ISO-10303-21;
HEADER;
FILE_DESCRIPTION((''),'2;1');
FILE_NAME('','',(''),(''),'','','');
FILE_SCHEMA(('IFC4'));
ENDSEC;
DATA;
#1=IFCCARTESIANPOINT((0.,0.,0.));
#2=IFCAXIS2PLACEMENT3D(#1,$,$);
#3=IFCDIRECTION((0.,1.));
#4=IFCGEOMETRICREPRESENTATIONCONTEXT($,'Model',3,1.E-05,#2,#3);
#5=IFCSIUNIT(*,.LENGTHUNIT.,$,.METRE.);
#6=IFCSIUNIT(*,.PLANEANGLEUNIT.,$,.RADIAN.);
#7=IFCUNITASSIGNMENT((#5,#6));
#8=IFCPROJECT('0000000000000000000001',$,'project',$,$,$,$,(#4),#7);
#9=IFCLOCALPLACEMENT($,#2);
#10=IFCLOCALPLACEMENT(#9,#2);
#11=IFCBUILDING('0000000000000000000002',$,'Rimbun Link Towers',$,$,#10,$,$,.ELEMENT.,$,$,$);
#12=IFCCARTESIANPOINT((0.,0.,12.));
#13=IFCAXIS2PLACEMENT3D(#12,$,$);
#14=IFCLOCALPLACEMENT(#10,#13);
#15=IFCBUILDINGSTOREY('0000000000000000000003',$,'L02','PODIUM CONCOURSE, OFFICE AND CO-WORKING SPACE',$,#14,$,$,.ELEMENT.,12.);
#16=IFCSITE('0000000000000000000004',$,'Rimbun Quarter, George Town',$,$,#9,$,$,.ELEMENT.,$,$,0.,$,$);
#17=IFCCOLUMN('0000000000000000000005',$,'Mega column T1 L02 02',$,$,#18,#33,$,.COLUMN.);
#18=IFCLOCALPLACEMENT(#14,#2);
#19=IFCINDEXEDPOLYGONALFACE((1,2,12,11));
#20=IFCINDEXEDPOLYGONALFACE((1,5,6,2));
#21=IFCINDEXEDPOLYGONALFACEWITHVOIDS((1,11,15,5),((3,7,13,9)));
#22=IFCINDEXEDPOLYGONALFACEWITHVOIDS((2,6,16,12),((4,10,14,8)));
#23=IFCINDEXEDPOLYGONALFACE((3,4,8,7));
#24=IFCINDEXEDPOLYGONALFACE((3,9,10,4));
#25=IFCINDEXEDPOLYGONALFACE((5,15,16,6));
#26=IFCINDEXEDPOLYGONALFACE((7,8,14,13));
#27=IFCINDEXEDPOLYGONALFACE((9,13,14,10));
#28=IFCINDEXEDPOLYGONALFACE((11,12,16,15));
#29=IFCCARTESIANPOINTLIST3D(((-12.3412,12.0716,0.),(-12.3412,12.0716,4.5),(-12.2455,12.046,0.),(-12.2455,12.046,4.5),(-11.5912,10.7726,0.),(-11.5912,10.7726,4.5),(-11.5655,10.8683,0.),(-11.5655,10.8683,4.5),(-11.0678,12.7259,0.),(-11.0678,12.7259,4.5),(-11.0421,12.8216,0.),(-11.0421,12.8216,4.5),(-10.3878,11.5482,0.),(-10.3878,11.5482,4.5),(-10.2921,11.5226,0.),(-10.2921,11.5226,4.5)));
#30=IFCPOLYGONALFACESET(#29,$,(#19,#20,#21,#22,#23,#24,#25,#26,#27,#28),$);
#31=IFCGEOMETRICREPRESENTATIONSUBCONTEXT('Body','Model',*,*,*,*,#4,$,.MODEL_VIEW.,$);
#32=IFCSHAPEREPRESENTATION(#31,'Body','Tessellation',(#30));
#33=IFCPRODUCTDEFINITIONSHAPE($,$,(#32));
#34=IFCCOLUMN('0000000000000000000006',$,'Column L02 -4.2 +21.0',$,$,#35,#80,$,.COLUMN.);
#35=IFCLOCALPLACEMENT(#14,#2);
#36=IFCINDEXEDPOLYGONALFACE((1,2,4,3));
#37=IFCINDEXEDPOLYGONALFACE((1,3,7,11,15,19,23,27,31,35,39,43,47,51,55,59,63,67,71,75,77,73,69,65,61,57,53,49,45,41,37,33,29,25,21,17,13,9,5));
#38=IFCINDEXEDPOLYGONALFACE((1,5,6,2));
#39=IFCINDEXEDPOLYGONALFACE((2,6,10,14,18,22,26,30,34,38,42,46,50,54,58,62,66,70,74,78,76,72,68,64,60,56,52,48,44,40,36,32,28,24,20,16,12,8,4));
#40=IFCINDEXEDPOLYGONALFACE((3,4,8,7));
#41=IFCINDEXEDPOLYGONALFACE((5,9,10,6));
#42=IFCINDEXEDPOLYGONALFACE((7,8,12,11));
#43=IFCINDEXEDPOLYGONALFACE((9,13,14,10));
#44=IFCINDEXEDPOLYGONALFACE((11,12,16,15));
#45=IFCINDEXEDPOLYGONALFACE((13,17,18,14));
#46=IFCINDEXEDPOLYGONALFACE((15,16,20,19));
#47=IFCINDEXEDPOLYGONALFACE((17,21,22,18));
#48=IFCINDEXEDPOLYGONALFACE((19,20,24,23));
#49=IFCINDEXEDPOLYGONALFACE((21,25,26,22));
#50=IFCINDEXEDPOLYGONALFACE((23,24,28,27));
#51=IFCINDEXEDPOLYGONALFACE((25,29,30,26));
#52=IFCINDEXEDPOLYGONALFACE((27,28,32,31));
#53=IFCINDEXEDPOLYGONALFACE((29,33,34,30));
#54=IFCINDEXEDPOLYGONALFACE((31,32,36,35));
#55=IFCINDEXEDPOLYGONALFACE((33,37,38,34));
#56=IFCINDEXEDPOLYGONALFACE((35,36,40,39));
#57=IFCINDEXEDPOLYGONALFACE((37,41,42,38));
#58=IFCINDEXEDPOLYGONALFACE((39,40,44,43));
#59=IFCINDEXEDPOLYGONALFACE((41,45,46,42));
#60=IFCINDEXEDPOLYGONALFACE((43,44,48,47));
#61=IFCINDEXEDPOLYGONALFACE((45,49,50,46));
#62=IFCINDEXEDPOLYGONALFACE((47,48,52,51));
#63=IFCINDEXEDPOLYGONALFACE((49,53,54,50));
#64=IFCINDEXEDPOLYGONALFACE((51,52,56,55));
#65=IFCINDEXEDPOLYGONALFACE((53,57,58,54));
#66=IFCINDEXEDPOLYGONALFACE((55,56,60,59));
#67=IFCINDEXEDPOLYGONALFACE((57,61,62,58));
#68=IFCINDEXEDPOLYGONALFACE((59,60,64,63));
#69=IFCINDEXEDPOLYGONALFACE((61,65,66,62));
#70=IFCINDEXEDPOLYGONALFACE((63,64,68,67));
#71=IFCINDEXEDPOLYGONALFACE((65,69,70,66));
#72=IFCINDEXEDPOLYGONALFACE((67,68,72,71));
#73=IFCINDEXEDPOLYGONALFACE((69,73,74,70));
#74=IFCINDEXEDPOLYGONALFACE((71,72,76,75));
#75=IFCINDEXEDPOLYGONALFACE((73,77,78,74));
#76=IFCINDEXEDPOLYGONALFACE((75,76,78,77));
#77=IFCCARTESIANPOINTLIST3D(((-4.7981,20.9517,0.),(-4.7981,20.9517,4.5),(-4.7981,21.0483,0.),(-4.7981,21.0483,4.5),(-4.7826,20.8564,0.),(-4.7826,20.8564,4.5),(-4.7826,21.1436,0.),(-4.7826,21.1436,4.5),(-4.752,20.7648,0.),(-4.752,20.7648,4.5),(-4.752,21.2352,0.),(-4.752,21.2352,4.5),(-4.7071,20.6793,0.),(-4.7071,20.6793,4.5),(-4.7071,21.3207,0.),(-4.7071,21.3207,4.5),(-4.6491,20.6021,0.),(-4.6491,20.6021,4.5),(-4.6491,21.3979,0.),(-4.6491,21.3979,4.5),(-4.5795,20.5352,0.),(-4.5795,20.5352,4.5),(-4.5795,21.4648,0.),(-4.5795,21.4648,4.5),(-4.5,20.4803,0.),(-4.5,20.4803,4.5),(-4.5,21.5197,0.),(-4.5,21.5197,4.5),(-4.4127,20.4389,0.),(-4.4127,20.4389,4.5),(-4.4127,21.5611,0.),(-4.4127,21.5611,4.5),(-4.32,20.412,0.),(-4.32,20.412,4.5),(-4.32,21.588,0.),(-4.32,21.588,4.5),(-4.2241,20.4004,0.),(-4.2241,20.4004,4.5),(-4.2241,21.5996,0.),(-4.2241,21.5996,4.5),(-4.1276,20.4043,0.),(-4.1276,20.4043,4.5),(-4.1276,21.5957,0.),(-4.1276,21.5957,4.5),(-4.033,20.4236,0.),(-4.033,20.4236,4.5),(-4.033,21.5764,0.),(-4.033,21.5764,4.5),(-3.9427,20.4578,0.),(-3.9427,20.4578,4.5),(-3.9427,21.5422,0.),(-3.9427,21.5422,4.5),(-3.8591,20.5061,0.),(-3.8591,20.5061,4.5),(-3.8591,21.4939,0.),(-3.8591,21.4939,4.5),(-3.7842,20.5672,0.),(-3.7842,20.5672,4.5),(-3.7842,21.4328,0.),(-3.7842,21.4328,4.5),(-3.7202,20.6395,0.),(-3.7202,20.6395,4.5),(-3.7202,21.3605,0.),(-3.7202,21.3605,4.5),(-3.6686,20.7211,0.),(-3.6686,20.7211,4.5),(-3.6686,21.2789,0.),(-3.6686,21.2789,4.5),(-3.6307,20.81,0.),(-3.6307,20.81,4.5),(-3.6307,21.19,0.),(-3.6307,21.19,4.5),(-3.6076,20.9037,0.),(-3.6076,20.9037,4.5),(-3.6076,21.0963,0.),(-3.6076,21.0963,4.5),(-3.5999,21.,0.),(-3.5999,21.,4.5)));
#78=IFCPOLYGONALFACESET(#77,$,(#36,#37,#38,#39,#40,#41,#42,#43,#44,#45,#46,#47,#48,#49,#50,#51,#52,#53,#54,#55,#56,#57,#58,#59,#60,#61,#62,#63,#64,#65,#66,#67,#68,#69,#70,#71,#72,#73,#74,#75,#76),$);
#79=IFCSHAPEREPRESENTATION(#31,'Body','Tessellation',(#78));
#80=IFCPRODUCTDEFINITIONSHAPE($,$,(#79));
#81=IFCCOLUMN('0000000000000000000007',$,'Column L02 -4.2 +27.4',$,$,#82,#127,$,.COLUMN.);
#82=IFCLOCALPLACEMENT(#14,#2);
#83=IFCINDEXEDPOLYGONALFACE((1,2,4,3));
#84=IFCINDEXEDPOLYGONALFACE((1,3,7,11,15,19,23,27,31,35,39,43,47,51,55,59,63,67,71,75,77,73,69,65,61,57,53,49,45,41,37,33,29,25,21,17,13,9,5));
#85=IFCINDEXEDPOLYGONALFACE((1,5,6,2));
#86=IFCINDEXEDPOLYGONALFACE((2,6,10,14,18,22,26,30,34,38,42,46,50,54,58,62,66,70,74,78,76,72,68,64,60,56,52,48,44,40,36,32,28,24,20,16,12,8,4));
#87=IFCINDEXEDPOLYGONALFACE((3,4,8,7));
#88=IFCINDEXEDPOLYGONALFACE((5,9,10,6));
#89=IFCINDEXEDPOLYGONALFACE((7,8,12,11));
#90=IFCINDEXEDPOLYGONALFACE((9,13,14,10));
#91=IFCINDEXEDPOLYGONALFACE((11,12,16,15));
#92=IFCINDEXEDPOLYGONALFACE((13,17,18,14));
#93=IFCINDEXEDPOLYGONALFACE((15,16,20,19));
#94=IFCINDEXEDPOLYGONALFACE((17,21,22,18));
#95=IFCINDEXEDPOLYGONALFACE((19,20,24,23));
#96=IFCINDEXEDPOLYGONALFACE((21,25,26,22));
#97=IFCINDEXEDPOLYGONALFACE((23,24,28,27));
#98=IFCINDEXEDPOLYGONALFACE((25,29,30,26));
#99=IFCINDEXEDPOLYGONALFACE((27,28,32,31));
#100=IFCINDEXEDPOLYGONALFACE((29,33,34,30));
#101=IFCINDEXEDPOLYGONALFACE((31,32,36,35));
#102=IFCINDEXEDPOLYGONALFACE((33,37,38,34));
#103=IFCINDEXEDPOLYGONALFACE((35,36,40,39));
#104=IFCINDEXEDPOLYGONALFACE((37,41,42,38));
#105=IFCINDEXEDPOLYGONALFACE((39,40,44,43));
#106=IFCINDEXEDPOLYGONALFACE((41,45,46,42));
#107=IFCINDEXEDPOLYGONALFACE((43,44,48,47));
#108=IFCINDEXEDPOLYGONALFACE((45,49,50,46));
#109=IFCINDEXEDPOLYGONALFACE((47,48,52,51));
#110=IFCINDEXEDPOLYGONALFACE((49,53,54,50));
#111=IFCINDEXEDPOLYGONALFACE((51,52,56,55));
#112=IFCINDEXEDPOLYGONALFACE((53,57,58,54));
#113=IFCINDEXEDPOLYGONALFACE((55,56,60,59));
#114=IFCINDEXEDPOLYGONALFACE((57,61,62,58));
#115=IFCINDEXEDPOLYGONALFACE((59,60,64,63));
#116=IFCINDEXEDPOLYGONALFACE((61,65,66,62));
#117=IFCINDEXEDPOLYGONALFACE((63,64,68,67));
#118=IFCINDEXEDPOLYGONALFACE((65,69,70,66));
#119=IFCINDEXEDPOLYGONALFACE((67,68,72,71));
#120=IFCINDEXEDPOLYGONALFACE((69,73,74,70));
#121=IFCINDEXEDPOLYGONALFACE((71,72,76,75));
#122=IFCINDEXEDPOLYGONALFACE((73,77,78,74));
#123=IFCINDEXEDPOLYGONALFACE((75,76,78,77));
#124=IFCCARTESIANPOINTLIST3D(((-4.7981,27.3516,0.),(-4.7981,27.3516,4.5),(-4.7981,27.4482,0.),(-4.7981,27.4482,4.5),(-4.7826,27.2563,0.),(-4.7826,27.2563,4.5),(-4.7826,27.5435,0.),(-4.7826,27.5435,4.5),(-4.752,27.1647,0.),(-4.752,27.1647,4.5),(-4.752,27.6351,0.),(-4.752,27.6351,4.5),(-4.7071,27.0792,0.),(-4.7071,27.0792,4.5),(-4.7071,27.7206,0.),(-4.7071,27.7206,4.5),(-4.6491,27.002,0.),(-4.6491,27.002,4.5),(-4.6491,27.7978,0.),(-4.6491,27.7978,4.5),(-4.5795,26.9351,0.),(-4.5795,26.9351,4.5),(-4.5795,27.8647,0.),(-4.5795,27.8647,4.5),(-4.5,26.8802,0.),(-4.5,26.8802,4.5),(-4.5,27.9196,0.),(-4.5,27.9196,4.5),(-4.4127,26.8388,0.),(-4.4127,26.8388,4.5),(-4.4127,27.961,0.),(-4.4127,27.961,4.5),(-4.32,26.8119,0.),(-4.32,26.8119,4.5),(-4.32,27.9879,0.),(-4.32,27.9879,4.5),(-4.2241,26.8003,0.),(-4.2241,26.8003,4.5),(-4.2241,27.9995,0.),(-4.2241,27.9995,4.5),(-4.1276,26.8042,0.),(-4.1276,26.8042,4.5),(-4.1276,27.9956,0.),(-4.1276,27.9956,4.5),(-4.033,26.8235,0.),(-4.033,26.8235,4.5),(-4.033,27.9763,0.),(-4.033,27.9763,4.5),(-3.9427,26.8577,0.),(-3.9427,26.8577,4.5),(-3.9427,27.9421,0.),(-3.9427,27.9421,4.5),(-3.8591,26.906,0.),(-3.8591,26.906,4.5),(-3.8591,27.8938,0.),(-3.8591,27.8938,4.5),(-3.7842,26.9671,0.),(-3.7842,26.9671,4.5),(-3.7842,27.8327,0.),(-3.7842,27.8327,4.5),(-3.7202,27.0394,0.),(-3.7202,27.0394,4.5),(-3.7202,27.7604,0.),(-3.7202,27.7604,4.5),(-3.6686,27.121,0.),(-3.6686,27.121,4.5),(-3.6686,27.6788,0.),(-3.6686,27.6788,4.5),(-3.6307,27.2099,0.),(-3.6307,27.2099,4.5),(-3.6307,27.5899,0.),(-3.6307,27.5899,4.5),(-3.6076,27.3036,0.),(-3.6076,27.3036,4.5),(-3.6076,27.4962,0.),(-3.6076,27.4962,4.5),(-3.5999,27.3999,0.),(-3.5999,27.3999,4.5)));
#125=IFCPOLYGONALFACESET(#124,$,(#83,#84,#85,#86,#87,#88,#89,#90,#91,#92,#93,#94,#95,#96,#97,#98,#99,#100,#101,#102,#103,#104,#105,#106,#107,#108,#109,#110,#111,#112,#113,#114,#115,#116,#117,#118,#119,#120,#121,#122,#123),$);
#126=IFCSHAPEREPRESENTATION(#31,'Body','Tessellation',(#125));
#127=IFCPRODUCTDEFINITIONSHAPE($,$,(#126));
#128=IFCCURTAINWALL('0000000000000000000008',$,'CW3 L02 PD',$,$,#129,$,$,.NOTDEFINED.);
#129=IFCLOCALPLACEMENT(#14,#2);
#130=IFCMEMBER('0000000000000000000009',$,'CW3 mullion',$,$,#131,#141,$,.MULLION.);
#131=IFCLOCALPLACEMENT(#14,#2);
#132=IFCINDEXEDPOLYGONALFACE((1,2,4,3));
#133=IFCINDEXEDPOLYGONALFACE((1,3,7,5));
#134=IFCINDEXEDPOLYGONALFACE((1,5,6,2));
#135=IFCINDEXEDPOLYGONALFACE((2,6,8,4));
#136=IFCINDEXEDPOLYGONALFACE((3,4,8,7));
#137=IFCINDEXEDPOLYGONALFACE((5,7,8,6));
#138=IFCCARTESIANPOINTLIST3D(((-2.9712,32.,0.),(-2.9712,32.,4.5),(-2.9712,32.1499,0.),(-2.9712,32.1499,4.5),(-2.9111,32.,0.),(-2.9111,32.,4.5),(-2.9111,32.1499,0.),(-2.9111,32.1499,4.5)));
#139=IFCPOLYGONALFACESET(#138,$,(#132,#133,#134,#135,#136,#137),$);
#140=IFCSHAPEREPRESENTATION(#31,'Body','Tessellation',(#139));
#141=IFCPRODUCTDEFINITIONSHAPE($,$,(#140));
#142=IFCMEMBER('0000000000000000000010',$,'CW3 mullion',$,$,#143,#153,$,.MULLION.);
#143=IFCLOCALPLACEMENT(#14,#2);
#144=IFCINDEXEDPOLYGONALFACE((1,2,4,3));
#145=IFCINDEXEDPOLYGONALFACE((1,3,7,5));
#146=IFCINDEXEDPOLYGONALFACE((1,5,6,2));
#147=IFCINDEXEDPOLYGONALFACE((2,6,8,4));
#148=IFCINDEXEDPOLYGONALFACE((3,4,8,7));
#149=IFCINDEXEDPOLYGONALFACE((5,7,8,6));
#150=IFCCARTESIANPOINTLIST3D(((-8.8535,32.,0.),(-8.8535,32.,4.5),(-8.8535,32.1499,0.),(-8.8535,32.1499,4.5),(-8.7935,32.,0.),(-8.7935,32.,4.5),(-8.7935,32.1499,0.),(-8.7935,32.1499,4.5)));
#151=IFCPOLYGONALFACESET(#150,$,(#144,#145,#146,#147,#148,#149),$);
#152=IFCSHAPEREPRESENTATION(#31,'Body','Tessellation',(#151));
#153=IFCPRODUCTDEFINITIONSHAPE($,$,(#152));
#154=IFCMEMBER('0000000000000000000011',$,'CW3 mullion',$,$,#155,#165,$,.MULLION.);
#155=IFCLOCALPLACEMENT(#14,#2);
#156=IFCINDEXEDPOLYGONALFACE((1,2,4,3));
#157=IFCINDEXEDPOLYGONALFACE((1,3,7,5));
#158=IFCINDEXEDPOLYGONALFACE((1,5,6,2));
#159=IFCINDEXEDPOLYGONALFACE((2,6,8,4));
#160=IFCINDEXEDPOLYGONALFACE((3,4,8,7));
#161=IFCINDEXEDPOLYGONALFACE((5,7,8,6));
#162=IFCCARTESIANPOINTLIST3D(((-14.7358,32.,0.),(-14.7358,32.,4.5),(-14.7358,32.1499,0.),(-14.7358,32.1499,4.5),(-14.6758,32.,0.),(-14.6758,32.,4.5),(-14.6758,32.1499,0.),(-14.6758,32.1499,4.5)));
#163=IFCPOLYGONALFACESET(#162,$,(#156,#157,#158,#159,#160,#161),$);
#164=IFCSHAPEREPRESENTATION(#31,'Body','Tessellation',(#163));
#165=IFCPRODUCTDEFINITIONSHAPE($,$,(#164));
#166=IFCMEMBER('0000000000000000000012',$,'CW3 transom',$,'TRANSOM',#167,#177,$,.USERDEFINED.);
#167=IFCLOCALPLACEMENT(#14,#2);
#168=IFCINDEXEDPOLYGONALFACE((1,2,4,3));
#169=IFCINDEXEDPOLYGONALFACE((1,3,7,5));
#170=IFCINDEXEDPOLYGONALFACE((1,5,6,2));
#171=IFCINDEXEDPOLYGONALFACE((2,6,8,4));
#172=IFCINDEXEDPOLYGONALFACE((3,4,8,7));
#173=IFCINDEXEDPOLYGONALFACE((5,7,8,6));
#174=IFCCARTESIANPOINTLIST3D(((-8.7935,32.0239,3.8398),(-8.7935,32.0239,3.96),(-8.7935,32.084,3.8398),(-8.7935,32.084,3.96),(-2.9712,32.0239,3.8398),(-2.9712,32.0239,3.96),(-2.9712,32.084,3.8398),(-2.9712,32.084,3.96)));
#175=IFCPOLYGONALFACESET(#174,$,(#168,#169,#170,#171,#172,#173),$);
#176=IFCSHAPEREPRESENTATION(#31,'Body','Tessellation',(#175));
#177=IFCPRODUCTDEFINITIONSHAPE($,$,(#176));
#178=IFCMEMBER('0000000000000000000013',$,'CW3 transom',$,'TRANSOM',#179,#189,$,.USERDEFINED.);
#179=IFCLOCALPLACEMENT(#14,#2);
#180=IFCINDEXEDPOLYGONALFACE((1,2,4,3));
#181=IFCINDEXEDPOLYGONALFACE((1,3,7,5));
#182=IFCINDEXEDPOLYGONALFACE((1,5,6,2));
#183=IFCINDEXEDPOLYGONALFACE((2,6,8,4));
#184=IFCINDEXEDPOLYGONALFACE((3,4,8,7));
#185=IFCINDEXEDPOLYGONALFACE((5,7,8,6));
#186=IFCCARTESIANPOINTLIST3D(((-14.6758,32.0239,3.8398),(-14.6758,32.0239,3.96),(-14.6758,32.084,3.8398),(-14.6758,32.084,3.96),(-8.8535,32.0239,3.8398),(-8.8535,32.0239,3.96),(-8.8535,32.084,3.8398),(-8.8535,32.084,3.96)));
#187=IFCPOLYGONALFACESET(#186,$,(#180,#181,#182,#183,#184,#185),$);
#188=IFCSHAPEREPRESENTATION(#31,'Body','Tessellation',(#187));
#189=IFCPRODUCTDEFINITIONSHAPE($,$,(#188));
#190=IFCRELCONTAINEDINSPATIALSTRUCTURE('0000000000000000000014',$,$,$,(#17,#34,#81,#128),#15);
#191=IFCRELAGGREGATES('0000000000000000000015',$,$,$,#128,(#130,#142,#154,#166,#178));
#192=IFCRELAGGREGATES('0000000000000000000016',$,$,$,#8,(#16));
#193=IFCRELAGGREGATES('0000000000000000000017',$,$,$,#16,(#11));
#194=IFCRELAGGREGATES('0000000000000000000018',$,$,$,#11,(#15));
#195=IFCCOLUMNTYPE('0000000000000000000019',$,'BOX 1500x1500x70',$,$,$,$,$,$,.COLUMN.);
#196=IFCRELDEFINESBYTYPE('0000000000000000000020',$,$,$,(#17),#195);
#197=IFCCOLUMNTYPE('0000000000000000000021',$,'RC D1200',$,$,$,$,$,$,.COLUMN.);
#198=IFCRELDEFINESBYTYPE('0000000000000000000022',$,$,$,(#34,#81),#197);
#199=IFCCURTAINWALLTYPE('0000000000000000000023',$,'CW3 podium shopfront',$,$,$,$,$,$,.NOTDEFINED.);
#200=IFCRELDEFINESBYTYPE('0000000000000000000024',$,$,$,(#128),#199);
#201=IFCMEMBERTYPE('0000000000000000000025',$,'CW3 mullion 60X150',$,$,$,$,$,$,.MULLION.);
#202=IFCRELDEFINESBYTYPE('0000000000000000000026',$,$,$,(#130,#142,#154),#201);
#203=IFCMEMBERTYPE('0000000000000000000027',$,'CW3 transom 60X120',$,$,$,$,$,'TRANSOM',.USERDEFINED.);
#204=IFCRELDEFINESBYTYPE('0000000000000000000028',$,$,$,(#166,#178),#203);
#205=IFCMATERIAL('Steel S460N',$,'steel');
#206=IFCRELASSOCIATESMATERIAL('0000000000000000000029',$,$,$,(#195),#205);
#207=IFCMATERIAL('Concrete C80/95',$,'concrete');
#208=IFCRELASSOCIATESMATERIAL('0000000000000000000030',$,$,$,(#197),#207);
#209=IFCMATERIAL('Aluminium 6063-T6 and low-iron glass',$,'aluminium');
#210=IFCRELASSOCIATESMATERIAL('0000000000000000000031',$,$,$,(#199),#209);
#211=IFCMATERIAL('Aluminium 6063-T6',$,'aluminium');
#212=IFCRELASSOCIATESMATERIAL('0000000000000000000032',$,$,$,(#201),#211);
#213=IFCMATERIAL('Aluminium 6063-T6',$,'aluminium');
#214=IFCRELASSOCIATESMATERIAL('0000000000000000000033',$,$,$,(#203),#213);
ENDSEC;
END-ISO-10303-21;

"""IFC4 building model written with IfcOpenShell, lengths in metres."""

from ifc_helpers import new_model, si_unit, direction, frame, origin, origin_2d, place, context, subcontext, project, spatial, rectangle, hollow_rectangle, circle, extrude, material, material_profile, profile_set, type_object, element, aggregate, save


model = new_model("IFC4")

# Units and contexts
model_context = context("Model", 3, precision=1e-05, world=origin(), true_north=direction((0.0, 1.0)))
body_context = subcontext(model_context, "Body", "Model", "MODEL_VIEW")
ifc_project = project(units=[si_unit("LENGTHUNIT", "METRE"), si_unit("PLANEANGLEUNIT", "RADIAN")], contexts=[model_context])

# Site, building, storey
site_placement = place(None, origin())
site = spatial("IfcSite", under=ifc_project, at=site_placement, Name="Rimbun Quarter, George Town", CompositionType="ELEMENT", RefElevation=0.0)
building_placement = place(site_placement, origin())
building = spatial("IfcBuilding", under=site, at=building_placement, Name="Rimbun Link Towers", CompositionType="ELEMENT")
storey_placement = place(building_placement, frame((0.0, 0.0, 12.0)))
storey = spatial("IfcBuildingStorey", under=building, at=storey_placement, Name="L02", Description="PODIUM CONCOURSE, OFFICE AND CO-WORKING SPACE", CompositionType="ELEMENT", Elevation=12.0)

# Columns
ifc_material_1 = material(Name="Steel S460N", Category="steel")
ifc_material_profile_1 = material_profile(ifc_material_1, hollow_rectangle(XDim=1.5, YDim=1.5, WallThickness=0.0701, at=origin_2d()), Name="BOX 1500x1500x70")
ifc_profile_set_1 = profile_set([ifc_material_profile_1], Name="Steel S460N")
column_type_1 = type_object("IfcColumnType", Name="BOX 1500x1500x70", PredefinedType="COLUMN", material=ifc_profile_set_1)
column_placement = place(storey_placement, frame((-11.3167, 11.7971, 0.0), z_axis=(0.0, 0.0, 1.0), x_axis=(0.866025, 0.5, 0.0)))
element("IfcColumn", 1, at=column_placement, inside=storey, type_object=column_type_1, Name="Mega column T1 L02 02", PredefinedType="COLUMN", context=body_context, shape_type="SweptSolid", body=[
    extrude(hollow_rectangle(XDim=1.5, YDim=1.5, WallThickness=0.0701, at=origin_2d()), origin(), (0.0, 0.0, 1.0), 4.5),
])
ifc_material_2 = material(Name="Concrete C80/95", Category="concrete")
ifc_material_profile_2 = material_profile(ifc_material_2, circle(Radius=0.6001, at=origin_2d()), Name="RC D1200")
ifc_profile_set_2 = profile_set([ifc_material_profile_2], Name="Concrete C80/95")
column_type_2 = type_object("IfcColumnType", Name="RC D1200", PredefinedType="COLUMN", material=ifc_profile_set_2)
for number, where, z_axis, x_axis, name in (
    (2, (-4.2, 21.0, 0.0), (0.0, 0.0, 1.0), (1.0, 0.0, 0.0), "Column L02 -4.2 +21.0"),
    (3, (-4.2, 27.3999, 0.0), (0.0, 0.0, 1.0), (1.0, 0.0, 0.0), "Column L02 -4.2 +27.4"),
):
    element("IfcColumn", number, at=place(storey_placement, frame(where, z_axis=z_axis, x_axis=x_axis)), inside=storey, type_object=column_type_2, Name=name, PredefinedType="COLUMN", context=body_context, shape_type="SweptSolid", body=[
        extrude(circle(Radius=0.6001, at=origin_2d()), origin(), (0.0, 0.0, 1.0), 4.5),
    ])

# Curtain wall, members
ifc_material_3 = material(Name="Aluminium 6063-T6 and low-iron glass", Category="aluminium")
curtain_wall_type = type_object("IfcCurtainWallType", Name="CW3 podium shopfront", PredefinedType="NOTDEFINED", material=ifc_material_3)
curtain_wall_placement = place(storey_placement, origin())
curtain_wall = element("IfcCurtainWall", 4, at=curtain_wall_placement, inside=storey, type_object=curtain_wall_type, Name="CW3 L02 PD", PredefinedType="NOTDEFINED")
ifc_material_4 = material(Name="Aluminium 6063-T6", Category="aluminium")
ifc_material_profile_3 = material_profile(ifc_material_4, rectangle(XDim=0.1499, YDim=0.0601, at=origin_2d()), Name="MULLION 60X150")
ifc_profile_set_3 = profile_set([ifc_material_profile_3], Name="Aluminium 6063-T6")
member_type_1 = type_object("IfcMemberType", Name="CW3 mullion 60X150", PredefinedType="MULLION", material=ifc_profile_set_3)
member_1_placement = place(storey_placement, frame((-2.9412, 32.075, 0.0), z_axis=(0.0, 0.0, 1.0), x_axis=(0.0, 1.0, 0.0)))
member_1 = element("IfcMember", 5, at=member_1_placement, type_object=member_type_1, Name="CW3 mullion", PredefinedType="MULLION", context=body_context, shape_type="SweptSolid", body=[
    extrude(rectangle(XDim=0.1499, YDim=0.0601, at=origin_2d()), origin(), (0.0, 0.0, 1.0), 4.5),
])
member_2_placement = place(storey_placement, frame((-8.8235, 32.075, 0.0), z_axis=(0.0, 0.0, 1.0), x_axis=(0.0, 1.0, 0.0)))
member_2 = element("IfcMember", 6, at=member_2_placement, type_object=member_type_1, Name="CW3 mullion", PredefinedType="MULLION", context=body_context, shape_type="SweptSolid", body=[
    extrude(rectangle(XDim=0.1499, YDim=0.0601, at=origin_2d()), origin(), (0.0, 0.0, 1.0), 4.5),
])
member_3_placement = place(storey_placement, frame((-14.7058, 32.075, 0.0), z_axis=(0.0, 0.0, 1.0), x_axis=(0.0, 1.0, 0.0)))
member_3 = element("IfcMember", 7, at=member_3_placement, type_object=member_type_1, Name="CW3 mullion", PredefinedType="MULLION", context=body_context, shape_type="SweptSolid", body=[
    extrude(rectangle(XDim=0.1499, YDim=0.0601, at=origin_2d()), origin(), (0.0, 0.0, 1.0), 4.5),
])
ifc_material_5 = material(Name="Aluminium 6063-T6", Category="aluminium")
ifc_material_profile_4 = material_profile(ifc_material_5, rectangle(XDim=0.0601, YDim=0.1201, at=origin_2d()), Name="TRANSOM 60X120")
ifc_profile_set_4 = profile_set([ifc_material_profile_4], Name="Aluminium 6063-T6")
member_type_2 = type_object("IfcMemberType", Name="CW3 transom 60X120", ElementType="TRANSOM", PredefinedType="USERDEFINED", material=ifc_profile_set_4)
member_4_placement = place(storey_placement, frame((-8.7935, 32.054, 3.8999), z_axis=(1.0, 0.0, 0.0), x_axis=(0.0, 1.0, 0.0)))
member_4 = element("IfcMember", 8, at=member_4_placement, type_object=member_type_2, Name="CW3 transom", ObjectType="TRANSOM", PredefinedType="USERDEFINED", context=body_context, shape_type="SweptSolid", body=[
    extrude(rectangle(XDim=0.0601, YDim=0.1201, at=origin_2d()), origin(), (0.0, 0.0, 1.0), 5.8223),
])
member_5_placement = place(storey_placement, frame((-14.6758, 32.054, 3.8999), z_axis=(1.0, 0.0, 0.0), x_axis=(0.0, 1.0, 0.0)))
member_5 = element("IfcMember", 9, at=member_5_placement, type_object=member_type_2, Name="CW3 transom", ObjectType="TRANSOM", PredefinedType="USERDEFINED", context=body_context, shape_type="SweptSolid", body=[
    extrude(rectangle(XDim=0.0601, YDim=0.1201, at=origin_2d()), origin(), (0.0, 0.0, 1.0), 5.8223),
])

aggregate(curtain_wall, [member_1, member_2, member_3, member_4, member_5])

save(model, "model.ifc")
